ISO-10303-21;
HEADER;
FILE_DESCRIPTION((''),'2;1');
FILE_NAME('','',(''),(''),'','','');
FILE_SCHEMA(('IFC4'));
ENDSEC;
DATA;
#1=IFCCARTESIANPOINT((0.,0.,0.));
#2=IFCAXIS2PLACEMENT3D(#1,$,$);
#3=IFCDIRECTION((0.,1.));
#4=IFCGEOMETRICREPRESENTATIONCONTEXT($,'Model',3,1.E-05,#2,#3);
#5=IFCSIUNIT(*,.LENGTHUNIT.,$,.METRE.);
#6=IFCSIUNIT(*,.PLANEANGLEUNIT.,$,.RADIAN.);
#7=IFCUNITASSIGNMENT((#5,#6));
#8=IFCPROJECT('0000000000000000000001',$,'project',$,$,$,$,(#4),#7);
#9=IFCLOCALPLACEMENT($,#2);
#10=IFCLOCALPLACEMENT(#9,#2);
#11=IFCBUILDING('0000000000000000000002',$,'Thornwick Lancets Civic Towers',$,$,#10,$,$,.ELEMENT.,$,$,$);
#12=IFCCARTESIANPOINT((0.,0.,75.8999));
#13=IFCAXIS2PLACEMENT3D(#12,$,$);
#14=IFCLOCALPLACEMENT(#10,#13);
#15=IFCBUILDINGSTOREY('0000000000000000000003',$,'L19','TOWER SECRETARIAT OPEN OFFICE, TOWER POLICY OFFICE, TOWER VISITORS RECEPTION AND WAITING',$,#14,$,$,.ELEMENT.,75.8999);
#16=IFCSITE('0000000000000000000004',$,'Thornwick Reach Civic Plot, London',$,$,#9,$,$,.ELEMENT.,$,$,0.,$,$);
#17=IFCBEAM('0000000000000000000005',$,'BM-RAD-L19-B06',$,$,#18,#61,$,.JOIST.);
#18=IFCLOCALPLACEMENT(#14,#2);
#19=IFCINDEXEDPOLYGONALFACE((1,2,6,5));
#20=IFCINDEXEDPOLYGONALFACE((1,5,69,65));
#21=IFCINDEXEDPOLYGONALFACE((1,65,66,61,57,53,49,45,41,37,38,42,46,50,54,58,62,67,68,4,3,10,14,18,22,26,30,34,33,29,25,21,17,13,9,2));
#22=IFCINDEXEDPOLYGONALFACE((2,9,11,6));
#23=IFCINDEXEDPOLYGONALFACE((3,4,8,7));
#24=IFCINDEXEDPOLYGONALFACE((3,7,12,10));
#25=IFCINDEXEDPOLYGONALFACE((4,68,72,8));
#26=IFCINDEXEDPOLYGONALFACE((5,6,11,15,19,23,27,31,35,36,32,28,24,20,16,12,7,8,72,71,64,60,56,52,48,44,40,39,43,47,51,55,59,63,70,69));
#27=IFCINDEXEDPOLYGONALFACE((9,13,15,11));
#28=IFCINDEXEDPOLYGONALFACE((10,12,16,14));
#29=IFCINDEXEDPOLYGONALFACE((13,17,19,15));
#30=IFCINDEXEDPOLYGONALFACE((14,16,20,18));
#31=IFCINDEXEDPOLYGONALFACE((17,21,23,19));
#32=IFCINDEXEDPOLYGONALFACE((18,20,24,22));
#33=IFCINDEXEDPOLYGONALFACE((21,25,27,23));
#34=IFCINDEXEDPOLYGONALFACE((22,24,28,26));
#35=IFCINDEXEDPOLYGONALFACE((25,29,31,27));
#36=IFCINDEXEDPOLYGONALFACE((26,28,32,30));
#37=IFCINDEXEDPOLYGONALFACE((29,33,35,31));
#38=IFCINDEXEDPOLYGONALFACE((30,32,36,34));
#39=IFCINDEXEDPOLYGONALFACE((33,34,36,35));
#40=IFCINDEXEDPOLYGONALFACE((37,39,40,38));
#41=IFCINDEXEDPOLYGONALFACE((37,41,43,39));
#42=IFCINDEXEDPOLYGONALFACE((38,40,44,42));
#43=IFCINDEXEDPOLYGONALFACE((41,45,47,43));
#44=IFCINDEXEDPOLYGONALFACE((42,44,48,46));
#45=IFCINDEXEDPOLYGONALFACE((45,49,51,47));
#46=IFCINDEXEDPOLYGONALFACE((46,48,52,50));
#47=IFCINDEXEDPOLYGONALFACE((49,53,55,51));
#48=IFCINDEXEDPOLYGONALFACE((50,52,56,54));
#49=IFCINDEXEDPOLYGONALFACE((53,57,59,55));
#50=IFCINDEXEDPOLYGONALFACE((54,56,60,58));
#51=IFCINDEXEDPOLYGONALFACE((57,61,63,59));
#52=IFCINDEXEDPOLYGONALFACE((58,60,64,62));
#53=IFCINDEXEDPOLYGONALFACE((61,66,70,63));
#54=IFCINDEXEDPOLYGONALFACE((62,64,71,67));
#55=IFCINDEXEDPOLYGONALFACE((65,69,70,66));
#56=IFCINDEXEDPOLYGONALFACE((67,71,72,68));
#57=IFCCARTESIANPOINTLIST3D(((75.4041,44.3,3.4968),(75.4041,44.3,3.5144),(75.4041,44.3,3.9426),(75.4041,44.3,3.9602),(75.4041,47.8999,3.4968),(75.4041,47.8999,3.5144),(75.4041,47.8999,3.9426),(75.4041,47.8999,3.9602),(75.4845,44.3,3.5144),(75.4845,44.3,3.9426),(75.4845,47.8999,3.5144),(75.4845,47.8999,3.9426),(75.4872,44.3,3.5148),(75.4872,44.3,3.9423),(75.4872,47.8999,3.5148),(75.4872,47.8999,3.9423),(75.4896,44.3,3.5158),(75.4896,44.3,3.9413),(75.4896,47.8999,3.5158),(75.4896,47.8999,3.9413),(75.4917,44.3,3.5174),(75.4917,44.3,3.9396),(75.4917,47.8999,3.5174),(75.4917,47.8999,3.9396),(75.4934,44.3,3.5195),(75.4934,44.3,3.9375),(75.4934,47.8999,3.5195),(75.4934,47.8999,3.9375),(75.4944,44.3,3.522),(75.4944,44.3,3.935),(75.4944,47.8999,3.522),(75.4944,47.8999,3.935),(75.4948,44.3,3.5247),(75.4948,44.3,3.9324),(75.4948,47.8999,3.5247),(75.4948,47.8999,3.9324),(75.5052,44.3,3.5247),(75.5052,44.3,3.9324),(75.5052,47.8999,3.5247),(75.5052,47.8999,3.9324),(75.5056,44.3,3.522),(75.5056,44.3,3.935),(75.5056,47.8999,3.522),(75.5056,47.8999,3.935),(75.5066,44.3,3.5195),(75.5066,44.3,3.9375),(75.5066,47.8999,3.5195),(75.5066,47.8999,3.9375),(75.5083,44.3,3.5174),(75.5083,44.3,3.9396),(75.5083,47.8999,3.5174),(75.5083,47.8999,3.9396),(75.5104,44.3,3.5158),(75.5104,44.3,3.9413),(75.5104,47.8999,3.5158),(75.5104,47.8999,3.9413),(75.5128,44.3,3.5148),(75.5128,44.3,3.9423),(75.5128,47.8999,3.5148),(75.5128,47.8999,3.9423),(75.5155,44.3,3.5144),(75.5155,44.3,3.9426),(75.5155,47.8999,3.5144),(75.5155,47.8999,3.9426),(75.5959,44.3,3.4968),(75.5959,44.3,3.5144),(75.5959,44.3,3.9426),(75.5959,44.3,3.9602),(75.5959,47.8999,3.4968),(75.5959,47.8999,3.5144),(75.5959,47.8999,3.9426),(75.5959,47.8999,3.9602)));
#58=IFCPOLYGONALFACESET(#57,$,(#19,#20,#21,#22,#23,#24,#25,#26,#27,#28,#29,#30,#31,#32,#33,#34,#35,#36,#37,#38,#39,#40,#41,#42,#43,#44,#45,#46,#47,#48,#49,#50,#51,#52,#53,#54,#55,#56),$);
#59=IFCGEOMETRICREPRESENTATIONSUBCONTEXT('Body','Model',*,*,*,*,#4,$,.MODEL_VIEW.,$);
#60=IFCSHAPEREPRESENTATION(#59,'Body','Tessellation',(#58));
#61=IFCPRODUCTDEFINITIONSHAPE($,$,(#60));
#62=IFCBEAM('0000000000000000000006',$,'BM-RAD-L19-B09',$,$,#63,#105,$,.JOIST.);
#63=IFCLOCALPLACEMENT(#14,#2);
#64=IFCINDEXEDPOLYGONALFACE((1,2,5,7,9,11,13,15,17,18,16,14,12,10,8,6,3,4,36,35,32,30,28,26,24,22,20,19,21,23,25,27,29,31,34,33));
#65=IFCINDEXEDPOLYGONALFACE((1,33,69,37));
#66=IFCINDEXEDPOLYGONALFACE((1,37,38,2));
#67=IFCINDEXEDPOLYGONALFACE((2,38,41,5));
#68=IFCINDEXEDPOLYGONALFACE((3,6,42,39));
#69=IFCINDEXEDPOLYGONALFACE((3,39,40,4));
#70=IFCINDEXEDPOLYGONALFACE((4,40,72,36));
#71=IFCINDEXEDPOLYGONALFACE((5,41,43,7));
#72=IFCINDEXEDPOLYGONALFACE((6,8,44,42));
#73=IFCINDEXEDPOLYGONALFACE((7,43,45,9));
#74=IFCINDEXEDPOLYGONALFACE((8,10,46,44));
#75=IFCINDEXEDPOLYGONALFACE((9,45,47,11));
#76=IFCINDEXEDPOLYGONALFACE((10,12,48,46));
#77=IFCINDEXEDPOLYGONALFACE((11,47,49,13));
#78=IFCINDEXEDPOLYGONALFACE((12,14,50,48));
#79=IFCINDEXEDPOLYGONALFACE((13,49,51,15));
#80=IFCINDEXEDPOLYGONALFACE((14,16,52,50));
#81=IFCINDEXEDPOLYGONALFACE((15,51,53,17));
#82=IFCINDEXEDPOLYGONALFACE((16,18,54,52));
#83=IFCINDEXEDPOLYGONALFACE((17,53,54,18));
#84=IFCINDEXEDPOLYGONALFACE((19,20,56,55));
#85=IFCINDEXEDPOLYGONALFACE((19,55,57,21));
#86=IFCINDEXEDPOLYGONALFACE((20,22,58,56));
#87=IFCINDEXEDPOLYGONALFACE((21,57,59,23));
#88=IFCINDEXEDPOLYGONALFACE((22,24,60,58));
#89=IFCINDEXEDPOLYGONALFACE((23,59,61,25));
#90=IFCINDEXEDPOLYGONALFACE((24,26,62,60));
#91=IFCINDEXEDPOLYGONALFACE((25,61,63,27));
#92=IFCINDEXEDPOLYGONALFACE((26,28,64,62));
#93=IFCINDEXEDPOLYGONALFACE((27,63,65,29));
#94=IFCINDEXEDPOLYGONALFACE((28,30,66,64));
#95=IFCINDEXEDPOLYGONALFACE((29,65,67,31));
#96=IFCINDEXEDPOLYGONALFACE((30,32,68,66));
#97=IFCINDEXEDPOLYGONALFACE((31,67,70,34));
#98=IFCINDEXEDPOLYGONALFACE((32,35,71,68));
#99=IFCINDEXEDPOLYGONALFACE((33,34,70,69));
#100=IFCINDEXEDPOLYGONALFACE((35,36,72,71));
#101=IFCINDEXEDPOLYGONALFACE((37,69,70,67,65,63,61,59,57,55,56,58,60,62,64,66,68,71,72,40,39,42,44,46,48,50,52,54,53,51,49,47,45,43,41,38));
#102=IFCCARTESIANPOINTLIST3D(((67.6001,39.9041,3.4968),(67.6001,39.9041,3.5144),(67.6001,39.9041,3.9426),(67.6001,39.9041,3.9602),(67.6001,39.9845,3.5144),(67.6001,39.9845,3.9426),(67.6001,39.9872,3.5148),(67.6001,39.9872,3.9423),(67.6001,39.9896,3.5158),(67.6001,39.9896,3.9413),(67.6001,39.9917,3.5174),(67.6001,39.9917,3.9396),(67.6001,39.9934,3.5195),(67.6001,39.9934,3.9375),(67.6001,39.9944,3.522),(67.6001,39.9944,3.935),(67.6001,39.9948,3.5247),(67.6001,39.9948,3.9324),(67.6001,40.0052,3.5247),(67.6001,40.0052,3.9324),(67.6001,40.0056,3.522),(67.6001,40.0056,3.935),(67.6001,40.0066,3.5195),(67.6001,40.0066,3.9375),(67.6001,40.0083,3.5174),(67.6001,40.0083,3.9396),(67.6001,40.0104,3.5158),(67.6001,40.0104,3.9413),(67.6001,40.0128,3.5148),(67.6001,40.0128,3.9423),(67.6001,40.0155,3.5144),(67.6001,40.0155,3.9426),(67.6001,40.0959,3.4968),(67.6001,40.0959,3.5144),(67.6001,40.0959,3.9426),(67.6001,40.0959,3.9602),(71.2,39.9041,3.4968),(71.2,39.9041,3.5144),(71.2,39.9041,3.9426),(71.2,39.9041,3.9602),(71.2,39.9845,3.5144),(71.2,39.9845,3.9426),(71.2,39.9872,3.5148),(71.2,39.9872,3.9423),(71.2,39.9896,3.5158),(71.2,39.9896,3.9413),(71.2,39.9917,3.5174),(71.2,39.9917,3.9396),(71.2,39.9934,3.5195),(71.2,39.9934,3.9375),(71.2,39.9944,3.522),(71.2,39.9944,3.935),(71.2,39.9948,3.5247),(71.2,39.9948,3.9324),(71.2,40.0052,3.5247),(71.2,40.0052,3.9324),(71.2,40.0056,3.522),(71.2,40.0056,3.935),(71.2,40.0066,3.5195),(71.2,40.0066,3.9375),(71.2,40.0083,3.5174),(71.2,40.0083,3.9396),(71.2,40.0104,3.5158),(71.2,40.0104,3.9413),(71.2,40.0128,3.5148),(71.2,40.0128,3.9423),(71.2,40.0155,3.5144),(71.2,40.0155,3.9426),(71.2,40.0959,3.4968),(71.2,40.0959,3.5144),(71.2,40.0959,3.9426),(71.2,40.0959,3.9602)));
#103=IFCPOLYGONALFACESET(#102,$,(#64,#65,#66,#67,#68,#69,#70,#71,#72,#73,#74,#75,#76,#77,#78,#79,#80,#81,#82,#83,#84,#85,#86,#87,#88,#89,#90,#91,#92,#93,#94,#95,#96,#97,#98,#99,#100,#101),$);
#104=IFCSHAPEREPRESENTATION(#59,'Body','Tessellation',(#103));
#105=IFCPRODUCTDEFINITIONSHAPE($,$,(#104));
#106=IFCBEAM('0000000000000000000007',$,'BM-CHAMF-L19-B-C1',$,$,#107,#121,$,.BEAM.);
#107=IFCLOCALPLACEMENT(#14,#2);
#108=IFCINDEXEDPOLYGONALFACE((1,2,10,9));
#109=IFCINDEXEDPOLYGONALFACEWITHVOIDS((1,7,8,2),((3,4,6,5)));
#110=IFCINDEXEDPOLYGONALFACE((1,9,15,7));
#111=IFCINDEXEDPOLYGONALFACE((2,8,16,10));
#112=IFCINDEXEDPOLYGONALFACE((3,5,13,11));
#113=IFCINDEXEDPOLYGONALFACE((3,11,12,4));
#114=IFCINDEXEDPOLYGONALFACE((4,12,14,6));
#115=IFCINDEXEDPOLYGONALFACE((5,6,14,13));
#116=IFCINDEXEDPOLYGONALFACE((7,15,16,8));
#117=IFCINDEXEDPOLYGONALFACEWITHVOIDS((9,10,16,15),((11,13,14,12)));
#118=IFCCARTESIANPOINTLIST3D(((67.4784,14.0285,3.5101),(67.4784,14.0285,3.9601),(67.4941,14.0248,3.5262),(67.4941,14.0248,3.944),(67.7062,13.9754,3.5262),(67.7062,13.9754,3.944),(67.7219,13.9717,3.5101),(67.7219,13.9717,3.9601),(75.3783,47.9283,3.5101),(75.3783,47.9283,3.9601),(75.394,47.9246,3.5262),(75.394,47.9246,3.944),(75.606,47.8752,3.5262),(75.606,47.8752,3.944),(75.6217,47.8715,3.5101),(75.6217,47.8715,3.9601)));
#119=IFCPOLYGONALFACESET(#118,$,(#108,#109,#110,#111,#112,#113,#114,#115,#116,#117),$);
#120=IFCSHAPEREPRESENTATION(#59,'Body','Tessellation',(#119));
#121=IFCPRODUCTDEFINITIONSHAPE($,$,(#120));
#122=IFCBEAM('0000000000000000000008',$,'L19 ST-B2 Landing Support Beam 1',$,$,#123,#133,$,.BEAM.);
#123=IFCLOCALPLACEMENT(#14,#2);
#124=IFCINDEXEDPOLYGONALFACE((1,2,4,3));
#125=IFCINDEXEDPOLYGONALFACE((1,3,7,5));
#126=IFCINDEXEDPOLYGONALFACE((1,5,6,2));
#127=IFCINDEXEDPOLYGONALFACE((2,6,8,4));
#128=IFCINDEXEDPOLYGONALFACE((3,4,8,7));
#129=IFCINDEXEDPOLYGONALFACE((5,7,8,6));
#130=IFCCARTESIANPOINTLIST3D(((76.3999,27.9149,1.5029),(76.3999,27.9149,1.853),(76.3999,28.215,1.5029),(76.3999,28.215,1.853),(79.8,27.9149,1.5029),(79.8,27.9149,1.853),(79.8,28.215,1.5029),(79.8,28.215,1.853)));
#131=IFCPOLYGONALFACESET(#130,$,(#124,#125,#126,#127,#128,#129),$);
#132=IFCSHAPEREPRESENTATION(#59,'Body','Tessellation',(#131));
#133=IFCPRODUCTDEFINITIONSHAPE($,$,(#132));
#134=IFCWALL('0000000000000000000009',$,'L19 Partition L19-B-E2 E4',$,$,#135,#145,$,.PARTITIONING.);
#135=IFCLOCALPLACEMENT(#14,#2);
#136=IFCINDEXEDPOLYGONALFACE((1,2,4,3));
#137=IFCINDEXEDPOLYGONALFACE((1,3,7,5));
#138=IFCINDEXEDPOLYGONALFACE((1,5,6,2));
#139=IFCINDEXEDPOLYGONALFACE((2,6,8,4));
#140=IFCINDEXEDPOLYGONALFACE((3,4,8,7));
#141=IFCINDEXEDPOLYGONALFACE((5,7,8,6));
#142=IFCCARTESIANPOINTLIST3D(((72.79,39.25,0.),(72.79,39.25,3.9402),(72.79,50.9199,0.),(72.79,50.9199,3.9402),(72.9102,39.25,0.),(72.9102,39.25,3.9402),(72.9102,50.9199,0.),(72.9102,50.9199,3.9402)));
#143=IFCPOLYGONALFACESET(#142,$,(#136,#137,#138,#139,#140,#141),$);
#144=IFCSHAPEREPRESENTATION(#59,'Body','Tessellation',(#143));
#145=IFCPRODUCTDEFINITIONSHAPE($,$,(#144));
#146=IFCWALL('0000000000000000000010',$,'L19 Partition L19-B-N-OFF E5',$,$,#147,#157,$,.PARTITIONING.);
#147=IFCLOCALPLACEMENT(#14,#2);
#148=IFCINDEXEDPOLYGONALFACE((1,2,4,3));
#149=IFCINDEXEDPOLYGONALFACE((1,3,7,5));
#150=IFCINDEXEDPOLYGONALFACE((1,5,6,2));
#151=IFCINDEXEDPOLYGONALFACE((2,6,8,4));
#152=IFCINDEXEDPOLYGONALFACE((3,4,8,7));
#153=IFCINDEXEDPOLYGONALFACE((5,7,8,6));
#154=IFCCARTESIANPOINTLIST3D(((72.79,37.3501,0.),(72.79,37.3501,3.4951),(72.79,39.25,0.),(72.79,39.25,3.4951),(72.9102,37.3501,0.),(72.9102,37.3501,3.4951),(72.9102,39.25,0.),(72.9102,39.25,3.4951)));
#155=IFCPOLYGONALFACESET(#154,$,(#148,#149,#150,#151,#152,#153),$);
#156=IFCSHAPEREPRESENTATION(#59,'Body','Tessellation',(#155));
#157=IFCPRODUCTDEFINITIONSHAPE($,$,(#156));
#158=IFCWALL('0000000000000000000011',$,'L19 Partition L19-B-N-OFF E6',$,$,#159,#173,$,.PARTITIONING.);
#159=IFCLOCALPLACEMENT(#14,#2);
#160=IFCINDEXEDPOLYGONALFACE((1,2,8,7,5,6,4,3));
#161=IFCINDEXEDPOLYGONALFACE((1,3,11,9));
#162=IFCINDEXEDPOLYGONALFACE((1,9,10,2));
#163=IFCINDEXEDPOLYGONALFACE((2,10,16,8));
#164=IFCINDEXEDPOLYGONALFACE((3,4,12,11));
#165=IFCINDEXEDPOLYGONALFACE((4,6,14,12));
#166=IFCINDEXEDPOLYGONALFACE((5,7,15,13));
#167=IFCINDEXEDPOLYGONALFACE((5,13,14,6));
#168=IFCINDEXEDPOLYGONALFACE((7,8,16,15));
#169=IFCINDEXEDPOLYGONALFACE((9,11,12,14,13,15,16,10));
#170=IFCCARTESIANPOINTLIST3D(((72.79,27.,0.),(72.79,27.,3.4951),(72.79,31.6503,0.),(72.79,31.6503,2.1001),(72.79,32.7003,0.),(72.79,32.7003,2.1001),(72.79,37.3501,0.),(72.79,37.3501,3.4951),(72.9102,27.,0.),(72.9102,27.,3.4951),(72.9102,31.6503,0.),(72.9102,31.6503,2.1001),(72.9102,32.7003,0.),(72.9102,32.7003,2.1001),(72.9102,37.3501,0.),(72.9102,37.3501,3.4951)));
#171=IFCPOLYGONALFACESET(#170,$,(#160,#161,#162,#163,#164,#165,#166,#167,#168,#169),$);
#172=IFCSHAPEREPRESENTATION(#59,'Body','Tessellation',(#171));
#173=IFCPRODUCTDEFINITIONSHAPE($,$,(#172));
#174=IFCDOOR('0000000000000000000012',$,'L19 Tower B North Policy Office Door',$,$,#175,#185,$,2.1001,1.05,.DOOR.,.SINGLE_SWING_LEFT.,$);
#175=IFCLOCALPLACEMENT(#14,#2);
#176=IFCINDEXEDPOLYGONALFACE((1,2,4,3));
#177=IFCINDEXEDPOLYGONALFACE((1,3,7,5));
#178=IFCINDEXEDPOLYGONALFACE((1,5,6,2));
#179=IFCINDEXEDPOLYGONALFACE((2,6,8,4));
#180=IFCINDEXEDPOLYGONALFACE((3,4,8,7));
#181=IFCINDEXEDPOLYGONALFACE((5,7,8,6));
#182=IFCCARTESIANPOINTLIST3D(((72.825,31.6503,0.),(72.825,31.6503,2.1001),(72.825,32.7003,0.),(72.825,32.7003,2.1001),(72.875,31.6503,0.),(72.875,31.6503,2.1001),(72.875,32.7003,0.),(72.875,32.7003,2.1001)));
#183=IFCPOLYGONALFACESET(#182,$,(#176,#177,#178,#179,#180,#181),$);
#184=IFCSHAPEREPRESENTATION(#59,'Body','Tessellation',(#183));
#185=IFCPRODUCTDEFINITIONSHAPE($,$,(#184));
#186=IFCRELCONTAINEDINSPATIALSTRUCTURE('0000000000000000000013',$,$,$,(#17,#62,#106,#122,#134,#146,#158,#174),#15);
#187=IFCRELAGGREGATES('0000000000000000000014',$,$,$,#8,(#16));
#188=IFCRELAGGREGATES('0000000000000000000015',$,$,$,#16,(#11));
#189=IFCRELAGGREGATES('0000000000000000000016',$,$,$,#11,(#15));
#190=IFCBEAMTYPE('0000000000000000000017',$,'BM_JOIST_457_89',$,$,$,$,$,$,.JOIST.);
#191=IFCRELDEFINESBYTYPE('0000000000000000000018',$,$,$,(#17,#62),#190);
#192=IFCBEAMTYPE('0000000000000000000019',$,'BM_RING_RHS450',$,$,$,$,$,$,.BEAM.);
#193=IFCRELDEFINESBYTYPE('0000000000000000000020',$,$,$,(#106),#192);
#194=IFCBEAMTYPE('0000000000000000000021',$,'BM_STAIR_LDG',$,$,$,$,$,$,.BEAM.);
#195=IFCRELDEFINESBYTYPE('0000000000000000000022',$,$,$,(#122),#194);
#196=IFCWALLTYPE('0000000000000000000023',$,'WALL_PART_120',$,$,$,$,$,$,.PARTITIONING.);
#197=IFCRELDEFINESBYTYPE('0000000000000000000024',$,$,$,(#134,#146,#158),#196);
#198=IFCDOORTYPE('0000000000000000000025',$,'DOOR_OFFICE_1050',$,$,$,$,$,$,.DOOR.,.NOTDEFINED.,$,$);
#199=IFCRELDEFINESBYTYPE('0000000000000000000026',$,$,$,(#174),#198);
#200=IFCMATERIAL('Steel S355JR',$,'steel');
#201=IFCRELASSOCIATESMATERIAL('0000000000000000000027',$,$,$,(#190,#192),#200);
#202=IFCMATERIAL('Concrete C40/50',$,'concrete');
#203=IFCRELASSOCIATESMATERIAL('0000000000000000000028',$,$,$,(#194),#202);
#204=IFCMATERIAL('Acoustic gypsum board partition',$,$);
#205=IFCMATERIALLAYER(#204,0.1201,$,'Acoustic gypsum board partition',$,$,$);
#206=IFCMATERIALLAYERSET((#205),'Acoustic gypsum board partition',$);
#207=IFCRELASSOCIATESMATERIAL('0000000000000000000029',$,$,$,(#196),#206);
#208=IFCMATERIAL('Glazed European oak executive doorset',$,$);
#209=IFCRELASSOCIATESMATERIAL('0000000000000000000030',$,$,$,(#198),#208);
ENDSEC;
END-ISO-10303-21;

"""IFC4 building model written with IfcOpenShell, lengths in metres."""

from ifc_helpers import new_model, si_unit, direction, frame, frame_2d, origin, origin_2d, place, context, subcontext, project, spatial, rectangle, hollow_rectangle, i_section, extrude, material, layer, layer_set, material_profile, profile_set, type_object, element, fill, save


model = new_model("IFC4")

# Units and contexts
model_context = context("Model", 3, precision=1e-05, world=origin(), true_north=direction((0.0, 1.0)))
body_context = subcontext(model_context, "Body", "Model", "MODEL_VIEW")
ifc_project = project(units=[si_unit("LENGTHUNIT", "METRE"), si_unit("PLANEANGLEUNIT", "RADIAN")], contexts=[model_context])

# Site, building, storey
site_placement = place(None, origin())
site = spatial("IfcSite", under=ifc_project, at=site_placement, Name="Thornwick Reach Civic Plot, London", CompositionType="ELEMENT", RefElevation=0.0)
building_placement = place(site_placement, origin())
building = spatial("IfcBuilding", under=site, at=building_placement, Name="Thornwick Lancets Civic Towers", CompositionType="ELEMENT")
storey_placement = place(building_placement, frame((0.0, 0.0, 75.8999)))
storey = spatial("IfcBuildingStorey", under=building, at=storey_placement, Name="L19", Description="TOWER SECRETARIAT OPEN OFFICE, TOWER POLICY OFFICE, TOWER VISITORS RECEPTION AND WAITING", CompositionType="ELEMENT", Elevation=75.8999)

# Beams
ifc_material_1 = material(Name="Steel S355JR", Category="steel")
ifc_material_profile_1 = material_profile(ifc_material_1, i_section(OverallWidth=0.1919, OverallDepth=0.4634, WebThickness=0.0105, FlangeThickness=0.0176, FilletRadius=0.0103, at=origin_2d()), Name="UKB 457x191x89")
ifc_profile_set_1 = profile_set([ifc_material_profile_1], Name="Steel S355JR")
beam_type_1 = type_object("IfcBeamType", Name="BM_JOIST_457_89", PredefinedType="JOIST", material=ifc_profile_set_1)
for number, where, z_axis, x_axis, name in (
    (1, (75.5, 44.3, 3.7285), (0.0, 1.0, 0.0), (-1.0, 0.0, 0.0), "BM-RAD-L19-B06"),
    (2, (71.2, 40.0, 3.7285), (-1.0, 0.0, 0.0), (0.0, -1.0, 0.0), "BM-RAD-L19-B09"),
):
    element("IfcBeam", number, at=place(storey_placement, frame(where, z_axis=z_axis, x_axis=x_axis)), inside=storey, type_object=beam_type_1, Name=name, PredefinedType="JOIST", context=body_context, shape_type="SweptSolid", body=[
        extrude(i_section(OverallWidth=0.1919, OverallDepth=0.4634, WebThickness=0.0105, FlangeThickness=0.0176, FilletRadius=0.0103, at=origin_2d()), origin(), (0.0, 0.0, 1.0), 3.5999),
    ])
ifc_material_profile_2 = material_profile(ifc_material_1, hollow_rectangle(XDim=0.25, YDim=0.45, WallThickness=0.0161, at=origin_2d()), Name="RHS 450x250x16")
ifc_profile_set_2 = profile_set([ifc_material_profile_2], Name="Steel S355JR")
beam_type_2 = type_object("IfcBeamType", Name="BM_RING_RHS450", PredefinedType="BEAM", material=ifc_profile_set_2)
beam_1_placement = place(storey_placement, frame((75.5, 47.8999, 3.7351), z_axis=(-0.226955, -0.973905, 0.0), x_axis=(0.973905, -0.226955, 0.0)))
element("IfcBeam", 3, at=beam_1_placement, inside=storey, type_object=beam_type_2, Name="BM-CHAMF-L19-B-C1", PredefinedType="BEAM", context=body_context, shape_type="SweptSolid", body=[
    extrude(hollow_rectangle(XDim=0.25, YDim=0.45, WallThickness=0.0161, at=origin_2d()), origin(), (0.0, 0.0, 1.0), 34.8081),
])
ifc_material_2 = material(Name="Concrete C40/50", Category="concrete")
ifc_material_profile_3 = material_profile(ifc_material_2, rectangle(XDim=0.3, YDim=0.3501, at=origin_2d()), Name="RC 300x350")
ifc_profile_set_3 = profile_set([ifc_material_profile_3], Name="Concrete C40/50")
beam_type_3 = type_object("IfcBeamType", Name="BM_STAIR_LDG", PredefinedType="BEAM", material=ifc_profile_set_3)
beam_2_placement = place(storey_placement, frame((76.3999, 28.0649, 1.678), z_axis=(1.0, 0.0, 0.0), x_axis=(0.0, 1.0, 0.0)))
element("IfcBeam", 4, at=beam_2_placement, inside=storey, type_object=beam_type_3, Name="L19 ST-B2 Landing Support Beam 1", PredefinedType="BEAM", context=body_context, shape_type="SweptSolid", body=[
    extrude(rectangle(XDim=0.3, YDim=0.3501, at=origin_2d()), origin(), (0.0, 0.0, 1.0), 3.4001),
])

# Walls
ifc_material_3 = material(Name="Acoustic gypsum board partition")
ifc_layer_1 = layer(ifc_material_3, 0.1201, Name="Acoustic gypsum board partition")
ifc_layer_set_1 = layer_set([ifc_layer_1], Name="Acoustic gypsum board partition")
wall_type_1 = type_object("IfcWallType", Name="WALL_PART_120", PredefinedType="PARTITIONING", material=ifc_layer_set_1)
wall_1_placement = place(storey_placement, frame((72.8501, 39.25, 0.0), z_axis=(0.0, 0.0, 1.0), x_axis=(0.0, 1.0, 0.0)))
element("IfcWall", 5, at=wall_1_placement, inside=storey, type_object=wall_type_1, Name="L19 Partition L19-B-E2 E4", PredefinedType="PARTITIONING", context=body_context, shape_type="SweptSolid", body=[
    extrude(rectangle(XDim=11.6699, YDim=0.1201, at=frame_2d((5.835, 0.0))), origin(), (0.0, 0.0, 1.0), 3.9402),
])
wall_2_placement = place(storey_placement, frame((72.8501, 39.25, 0.0), z_axis=(0.0, 0.0, 1.0), x_axis=(0.0, -1.0, 0.0)))
element("IfcWall", 6, at=wall_2_placement, inside=storey, type_object=wall_type_1, Name="L19 Partition L19-B-N-OFF E5", PredefinedType="PARTITIONING", context=body_context, shape_type="SweptSolid", body=[
    extrude(rectangle(XDim=1.8999, YDim=0.1201, at=frame_2d((0.95, 0.0))), origin(), (0.0, 0.0, 1.0), 3.4951),
])

# Wall, opening, door
wall_3_placement = place(storey_placement, frame((72.8501, 37.3501, 0.0), z_axis=(0.0, 0.0, 1.0), x_axis=(0.0, -1.0, 0.0)))
wall_3 = element("IfcWall", 7, at=wall_3_placement, inside=storey, type_object=wall_type_1, Name="L19 Partition L19-B-N-OFF E6", PredefinedType="PARTITIONING", context=body_context, shape_type="SweptSolid", body=[
    extrude(rectangle(XDim=10.3501, YDim=0.1201, at=frame_2d((5.175, 0.0))), origin(), (0.0, 0.0, 1.0), 3.4951),
])
opening_1_placement = place(wall_3_placement, frame((4.6499, 0.0, 0.0)))
opening_1 = element("IfcOpeningElement", 8, at=opening_1_placement, cuts=wall_3, PredefinedType="OPENING", context=body_context, shape_type="SweptSolid", body=[
    extrude(rectangle(XDim=1.05, YDim=2.1001, at=frame_2d((0.5249, 1.05))), frame((0.0, 0.0701, 0.0), z_axis=(0.0, -1.0, 0.0), x_axis=(1.0, 0.0, 0.0)), (0.0, 0.0, 1.0), 0.1401),
])
ifc_material_4 = material(Name="Glazed European oak executive doorset")
door_type_1 = type_object("IfcDoorType", Name="DOOR_OFFICE_1050", OperationType="NOTDEFINED", PredefinedType="DOOR", material=ifc_material_4)
door_1_placement = place(opening_1_placement, origin())
door_1 = element("IfcDoor", 9, at=door_1_placement, inside=storey, type_object=door_type_1, Name="L19 Tower B North Policy Office Door", OperationType="SINGLE_SWING_LEFT", OverallHeight=2.1001, OverallWidth=1.05, PredefinedType="DOOR", context=body_context, shape_type="SweptSolid", body=[
    extrude(rectangle(XDim=1.05, YDim=2.1001, at=frame_2d((0.5249, 1.05))), frame((0.0, 0.0249, 0.0), z_axis=(0.0, -1.0, 0.0), x_axis=(1.0, 0.0, 0.0)), (0.0, 0.0, 1.0), 0.05),
])
fill(opening_1, door_1)

save(model, "model.ifc")
